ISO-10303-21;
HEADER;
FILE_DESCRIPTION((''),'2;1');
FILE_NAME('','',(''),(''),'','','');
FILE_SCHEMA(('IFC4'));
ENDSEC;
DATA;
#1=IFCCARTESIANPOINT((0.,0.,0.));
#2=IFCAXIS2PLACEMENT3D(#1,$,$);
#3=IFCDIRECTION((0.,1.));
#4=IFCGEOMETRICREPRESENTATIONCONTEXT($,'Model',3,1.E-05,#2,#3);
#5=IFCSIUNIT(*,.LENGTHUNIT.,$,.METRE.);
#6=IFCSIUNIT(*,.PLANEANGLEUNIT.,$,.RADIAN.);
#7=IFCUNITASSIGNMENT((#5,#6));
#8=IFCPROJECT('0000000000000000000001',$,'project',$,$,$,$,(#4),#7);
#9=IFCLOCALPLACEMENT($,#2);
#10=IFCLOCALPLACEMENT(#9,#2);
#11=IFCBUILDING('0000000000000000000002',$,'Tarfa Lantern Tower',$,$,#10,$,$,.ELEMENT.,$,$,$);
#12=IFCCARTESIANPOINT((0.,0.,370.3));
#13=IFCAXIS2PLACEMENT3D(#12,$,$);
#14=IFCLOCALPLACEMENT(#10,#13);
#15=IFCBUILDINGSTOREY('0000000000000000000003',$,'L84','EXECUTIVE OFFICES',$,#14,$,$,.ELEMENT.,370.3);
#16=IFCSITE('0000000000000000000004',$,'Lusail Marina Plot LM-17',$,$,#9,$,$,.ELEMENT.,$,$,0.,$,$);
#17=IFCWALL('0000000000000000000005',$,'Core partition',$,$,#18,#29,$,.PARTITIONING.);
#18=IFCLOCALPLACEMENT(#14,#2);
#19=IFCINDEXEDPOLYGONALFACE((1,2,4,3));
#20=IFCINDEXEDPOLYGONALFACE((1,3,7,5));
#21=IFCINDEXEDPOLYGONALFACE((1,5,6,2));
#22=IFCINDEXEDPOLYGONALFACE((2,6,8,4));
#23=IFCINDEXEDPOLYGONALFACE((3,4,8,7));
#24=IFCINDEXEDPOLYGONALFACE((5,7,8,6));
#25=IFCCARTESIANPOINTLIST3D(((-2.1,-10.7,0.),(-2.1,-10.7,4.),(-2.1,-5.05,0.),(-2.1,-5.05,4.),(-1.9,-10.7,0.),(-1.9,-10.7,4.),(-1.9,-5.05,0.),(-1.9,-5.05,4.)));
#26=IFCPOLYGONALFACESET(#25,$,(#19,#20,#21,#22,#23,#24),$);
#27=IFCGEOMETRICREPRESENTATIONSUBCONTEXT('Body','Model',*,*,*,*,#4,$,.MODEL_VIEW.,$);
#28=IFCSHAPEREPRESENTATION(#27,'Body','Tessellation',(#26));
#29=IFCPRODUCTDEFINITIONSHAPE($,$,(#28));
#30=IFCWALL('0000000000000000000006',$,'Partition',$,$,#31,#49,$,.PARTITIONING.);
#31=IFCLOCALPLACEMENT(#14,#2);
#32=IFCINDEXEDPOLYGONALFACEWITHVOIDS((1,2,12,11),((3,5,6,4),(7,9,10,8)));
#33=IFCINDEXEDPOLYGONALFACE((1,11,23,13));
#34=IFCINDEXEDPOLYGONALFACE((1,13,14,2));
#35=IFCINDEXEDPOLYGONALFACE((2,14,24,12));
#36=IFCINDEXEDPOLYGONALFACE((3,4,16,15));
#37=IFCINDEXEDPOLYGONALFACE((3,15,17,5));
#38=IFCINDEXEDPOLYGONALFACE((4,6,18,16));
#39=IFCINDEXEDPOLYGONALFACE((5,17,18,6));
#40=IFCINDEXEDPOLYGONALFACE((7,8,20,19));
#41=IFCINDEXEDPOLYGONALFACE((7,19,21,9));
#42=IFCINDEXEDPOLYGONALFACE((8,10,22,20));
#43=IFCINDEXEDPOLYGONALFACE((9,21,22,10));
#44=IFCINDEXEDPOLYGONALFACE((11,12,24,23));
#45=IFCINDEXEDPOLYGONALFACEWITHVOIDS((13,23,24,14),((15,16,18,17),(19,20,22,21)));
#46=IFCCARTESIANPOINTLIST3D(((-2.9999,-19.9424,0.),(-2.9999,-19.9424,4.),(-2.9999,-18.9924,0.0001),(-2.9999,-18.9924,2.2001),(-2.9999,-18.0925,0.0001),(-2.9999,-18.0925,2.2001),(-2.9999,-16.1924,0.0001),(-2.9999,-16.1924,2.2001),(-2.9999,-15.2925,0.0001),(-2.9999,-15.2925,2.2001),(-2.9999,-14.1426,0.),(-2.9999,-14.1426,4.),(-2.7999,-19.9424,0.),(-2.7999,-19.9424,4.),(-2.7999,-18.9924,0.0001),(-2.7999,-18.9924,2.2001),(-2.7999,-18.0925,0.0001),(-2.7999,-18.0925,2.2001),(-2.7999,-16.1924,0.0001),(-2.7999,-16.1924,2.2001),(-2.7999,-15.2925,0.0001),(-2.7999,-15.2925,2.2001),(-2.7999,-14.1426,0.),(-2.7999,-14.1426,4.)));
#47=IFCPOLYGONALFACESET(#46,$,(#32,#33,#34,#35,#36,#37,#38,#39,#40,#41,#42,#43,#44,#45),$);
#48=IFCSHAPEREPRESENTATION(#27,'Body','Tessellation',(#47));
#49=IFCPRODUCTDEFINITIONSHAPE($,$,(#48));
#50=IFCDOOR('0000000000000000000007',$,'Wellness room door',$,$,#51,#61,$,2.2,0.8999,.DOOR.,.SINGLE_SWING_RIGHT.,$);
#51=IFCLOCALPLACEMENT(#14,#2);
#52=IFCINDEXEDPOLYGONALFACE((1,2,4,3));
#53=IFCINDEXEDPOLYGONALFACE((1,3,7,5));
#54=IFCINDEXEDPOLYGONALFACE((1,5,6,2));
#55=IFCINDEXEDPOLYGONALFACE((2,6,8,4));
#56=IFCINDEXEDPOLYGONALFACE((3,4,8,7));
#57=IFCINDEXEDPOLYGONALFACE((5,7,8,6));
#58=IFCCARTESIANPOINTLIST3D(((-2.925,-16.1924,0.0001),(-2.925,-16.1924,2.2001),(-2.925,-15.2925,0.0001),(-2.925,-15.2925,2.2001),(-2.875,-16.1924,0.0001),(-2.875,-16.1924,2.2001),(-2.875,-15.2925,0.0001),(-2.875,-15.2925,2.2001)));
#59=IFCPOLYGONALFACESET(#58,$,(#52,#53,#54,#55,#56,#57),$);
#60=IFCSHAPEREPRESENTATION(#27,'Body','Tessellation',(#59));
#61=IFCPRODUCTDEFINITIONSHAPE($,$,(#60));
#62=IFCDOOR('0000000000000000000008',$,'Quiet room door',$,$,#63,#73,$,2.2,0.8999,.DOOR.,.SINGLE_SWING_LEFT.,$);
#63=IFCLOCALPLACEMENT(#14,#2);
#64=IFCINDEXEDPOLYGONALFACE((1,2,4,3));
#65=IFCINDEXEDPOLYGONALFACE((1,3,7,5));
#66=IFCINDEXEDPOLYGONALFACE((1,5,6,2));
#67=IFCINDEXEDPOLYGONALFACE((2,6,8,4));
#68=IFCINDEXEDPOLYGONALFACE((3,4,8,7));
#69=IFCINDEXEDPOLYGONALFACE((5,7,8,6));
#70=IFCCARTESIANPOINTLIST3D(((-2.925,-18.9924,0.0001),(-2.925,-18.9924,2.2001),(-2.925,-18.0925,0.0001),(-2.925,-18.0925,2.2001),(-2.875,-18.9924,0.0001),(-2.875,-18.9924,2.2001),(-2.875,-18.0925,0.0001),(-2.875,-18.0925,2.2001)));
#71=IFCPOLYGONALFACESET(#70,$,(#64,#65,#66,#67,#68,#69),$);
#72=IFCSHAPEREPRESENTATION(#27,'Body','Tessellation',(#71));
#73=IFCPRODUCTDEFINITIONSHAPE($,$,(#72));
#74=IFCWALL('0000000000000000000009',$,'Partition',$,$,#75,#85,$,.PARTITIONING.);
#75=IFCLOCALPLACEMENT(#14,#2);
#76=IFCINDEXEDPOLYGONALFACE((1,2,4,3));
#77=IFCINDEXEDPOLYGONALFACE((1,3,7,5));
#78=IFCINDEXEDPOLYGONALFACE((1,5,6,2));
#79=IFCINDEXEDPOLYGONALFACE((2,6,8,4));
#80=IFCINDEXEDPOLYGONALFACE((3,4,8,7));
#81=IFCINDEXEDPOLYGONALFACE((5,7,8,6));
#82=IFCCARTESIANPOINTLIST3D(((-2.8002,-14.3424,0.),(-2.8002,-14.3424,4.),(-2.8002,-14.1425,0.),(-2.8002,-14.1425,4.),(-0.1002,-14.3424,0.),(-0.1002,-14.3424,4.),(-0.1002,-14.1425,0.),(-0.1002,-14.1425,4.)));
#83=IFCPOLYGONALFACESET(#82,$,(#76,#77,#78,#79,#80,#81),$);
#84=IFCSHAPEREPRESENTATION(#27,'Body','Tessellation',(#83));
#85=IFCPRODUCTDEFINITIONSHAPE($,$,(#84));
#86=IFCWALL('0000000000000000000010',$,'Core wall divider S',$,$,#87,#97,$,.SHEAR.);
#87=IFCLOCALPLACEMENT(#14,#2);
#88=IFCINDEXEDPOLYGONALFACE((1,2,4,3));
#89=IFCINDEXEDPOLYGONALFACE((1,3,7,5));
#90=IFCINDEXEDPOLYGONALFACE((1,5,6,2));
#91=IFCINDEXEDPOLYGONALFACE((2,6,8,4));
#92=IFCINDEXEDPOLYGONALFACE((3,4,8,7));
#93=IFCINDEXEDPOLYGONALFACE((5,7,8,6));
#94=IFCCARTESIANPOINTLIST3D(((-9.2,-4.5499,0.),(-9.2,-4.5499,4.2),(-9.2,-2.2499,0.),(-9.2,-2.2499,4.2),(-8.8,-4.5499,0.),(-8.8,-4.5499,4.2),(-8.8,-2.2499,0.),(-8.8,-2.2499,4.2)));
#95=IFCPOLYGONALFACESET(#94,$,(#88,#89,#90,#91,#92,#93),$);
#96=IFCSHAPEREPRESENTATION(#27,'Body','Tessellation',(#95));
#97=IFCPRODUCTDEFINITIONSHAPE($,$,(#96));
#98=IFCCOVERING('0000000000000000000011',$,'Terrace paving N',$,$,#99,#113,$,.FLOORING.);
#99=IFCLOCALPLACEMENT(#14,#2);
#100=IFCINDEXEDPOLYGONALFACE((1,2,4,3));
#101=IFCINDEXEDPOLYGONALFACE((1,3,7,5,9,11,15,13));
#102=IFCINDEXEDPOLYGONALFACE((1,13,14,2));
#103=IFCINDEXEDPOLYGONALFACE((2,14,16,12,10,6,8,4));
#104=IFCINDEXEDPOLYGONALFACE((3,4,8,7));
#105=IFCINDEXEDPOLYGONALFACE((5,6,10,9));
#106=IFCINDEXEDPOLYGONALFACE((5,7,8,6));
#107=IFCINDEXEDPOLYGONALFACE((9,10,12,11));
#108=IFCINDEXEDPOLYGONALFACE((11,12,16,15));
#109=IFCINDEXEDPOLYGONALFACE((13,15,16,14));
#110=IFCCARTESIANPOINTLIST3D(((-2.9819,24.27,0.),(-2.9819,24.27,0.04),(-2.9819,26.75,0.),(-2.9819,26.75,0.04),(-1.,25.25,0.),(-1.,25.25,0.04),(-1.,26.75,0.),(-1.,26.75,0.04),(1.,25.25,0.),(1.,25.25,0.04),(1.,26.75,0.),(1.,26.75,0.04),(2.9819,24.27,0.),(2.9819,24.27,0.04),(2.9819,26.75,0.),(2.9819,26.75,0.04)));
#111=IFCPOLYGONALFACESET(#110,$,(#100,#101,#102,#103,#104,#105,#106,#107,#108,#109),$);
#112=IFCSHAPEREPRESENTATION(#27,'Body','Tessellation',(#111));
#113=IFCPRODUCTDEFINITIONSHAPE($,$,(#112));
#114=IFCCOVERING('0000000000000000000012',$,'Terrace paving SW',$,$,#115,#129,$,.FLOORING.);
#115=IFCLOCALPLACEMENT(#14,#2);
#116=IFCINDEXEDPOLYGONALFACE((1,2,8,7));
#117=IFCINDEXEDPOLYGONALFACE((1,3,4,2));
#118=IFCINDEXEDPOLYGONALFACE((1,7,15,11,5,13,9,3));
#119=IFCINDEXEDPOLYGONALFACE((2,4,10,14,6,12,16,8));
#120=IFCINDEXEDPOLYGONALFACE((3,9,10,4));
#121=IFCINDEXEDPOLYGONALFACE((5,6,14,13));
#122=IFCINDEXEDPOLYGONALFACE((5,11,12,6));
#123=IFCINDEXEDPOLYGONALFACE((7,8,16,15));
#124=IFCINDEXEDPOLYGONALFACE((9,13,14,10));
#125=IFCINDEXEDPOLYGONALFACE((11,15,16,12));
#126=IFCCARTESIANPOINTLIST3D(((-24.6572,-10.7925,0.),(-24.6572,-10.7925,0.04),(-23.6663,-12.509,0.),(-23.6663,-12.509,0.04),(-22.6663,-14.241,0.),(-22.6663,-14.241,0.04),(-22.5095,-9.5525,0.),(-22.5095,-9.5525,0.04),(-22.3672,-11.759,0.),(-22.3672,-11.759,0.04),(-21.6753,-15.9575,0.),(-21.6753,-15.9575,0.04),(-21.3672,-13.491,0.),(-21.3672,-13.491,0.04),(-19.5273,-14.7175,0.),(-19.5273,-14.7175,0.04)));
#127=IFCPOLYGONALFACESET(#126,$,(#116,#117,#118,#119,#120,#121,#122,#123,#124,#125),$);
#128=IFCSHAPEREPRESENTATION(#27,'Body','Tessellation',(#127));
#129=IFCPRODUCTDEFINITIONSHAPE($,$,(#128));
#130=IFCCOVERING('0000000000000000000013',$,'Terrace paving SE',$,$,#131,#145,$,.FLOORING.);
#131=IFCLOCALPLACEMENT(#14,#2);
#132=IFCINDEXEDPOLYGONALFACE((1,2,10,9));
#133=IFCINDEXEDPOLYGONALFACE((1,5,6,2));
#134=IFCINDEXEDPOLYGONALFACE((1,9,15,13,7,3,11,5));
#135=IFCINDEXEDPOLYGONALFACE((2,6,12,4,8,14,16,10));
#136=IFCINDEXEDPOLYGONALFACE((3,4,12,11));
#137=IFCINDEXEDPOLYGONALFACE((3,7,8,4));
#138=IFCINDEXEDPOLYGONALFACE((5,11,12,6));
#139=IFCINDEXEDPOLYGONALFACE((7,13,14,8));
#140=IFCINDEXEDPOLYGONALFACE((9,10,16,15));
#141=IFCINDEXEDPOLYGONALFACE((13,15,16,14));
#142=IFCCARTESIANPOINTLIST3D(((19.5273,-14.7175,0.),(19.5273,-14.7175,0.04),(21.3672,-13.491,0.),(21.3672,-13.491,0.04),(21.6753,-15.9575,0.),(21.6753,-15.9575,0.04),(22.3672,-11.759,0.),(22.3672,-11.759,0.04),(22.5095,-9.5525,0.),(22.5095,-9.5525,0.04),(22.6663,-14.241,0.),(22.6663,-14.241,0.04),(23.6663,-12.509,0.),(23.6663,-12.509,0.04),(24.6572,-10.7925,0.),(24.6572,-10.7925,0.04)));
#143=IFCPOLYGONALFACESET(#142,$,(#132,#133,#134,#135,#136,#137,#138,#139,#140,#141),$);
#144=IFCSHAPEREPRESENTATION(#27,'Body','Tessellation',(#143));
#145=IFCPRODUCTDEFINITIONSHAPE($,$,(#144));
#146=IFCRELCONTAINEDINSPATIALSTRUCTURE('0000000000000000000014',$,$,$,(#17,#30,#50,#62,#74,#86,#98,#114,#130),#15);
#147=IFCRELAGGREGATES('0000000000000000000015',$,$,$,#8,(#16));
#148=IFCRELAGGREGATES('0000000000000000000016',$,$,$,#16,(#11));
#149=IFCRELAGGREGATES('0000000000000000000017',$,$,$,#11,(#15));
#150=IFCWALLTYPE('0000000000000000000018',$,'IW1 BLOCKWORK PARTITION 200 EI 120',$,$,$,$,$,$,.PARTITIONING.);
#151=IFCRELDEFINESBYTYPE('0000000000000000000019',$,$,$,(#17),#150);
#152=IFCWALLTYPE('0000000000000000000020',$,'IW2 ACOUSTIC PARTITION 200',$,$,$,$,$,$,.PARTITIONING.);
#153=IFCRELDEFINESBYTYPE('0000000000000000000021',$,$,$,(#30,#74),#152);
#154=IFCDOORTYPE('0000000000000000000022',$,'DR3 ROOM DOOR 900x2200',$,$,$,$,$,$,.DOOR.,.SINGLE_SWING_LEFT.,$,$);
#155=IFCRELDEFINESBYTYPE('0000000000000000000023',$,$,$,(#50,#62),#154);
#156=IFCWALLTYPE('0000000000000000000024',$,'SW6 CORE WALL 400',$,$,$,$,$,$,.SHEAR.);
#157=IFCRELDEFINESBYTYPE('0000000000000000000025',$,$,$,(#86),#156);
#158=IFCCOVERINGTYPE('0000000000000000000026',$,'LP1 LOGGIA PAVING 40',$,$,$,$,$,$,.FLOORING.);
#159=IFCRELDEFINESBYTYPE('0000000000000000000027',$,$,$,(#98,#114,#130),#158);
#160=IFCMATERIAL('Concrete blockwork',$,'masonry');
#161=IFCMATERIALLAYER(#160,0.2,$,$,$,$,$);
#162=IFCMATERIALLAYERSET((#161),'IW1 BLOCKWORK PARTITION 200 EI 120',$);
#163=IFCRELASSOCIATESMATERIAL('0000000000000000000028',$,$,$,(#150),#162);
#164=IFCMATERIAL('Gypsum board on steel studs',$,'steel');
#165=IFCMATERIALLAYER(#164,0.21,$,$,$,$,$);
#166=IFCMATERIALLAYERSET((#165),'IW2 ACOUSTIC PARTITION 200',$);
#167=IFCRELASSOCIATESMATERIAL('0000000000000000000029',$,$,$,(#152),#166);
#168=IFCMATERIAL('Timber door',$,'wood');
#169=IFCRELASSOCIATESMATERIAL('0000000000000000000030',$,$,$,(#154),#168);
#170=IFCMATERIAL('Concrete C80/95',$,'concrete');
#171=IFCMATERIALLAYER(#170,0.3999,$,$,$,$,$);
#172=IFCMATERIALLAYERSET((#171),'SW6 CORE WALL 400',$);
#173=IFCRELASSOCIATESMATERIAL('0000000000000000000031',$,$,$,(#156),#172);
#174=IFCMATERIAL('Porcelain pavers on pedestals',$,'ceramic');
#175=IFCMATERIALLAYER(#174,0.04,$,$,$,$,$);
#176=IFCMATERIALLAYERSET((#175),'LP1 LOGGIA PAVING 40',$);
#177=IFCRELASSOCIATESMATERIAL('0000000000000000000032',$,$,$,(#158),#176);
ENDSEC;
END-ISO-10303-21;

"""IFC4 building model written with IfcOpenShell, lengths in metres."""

from ifc_helpers import new_model, si_unit, direction, frame, frame_2d, origin, place, context, subcontext, project, spatial, polyline, rectangle, outline, extrude, material, layer, layer_set, type_object, element, fill, save


model = new_model("IFC4")

# Units and contexts
model_context = context("Model", 3, precision=1e-05, world=origin(), true_north=direction((0.0, 1.0)))
body_context = subcontext(model_context, "Body", "Model", "MODEL_VIEW")
ifc_project = project(units=[si_unit("LENGTHUNIT", "METRE"), si_unit("PLANEANGLEUNIT", "RADIAN")], contexts=[model_context])

# Site, building, storey
site_placement = place(None, origin())
site = spatial("IfcSite", under=ifc_project, at=site_placement, Name="Lusail Marina Plot LM-17", CompositionType="ELEMENT", RefElevation=0.0)
building_placement = place(site_placement, origin())
building = spatial("IfcBuilding", under=site, at=building_placement, Name="Tarfa Lantern Tower", CompositionType="ELEMENT")
storey_placement = place(building_placement, frame((0.0, 0.0, 370.3)))
storey = spatial("IfcBuildingStorey", under=building, at=storey_placement, Name="L84", Description="EXECUTIVE OFFICES", CompositionType="ELEMENT", Elevation=370.3)

# Wall
ifc_material_1 = material(Name="Concrete blockwork", Category="masonry")
ifc_layer_1 = layer(ifc_material_1, 0.2)
ifc_layer_set_1 = layer_set([ifc_layer_1], Name="IW1 BLOCKWORK PARTITION 200 EI 120")
wall_type_1 = type_object("IfcWallType", Name="IW1 BLOCKWORK PARTITION 200 EI 120", PredefinedType="PARTITIONING", material=ifc_layer_set_1)
for number, where, z_axis, x_axis, name in (
    (1, (-2.0, -5.05, 0.0), (0.0, 0.0, 1.0), (0.0, -1.0, 0.0), "Core partition"),
):
    element("IfcWall", number, at=place(storey_placement, frame(where, z_axis=z_axis, x_axis=x_axis)), inside=storey, type_object=wall_type_1, Name=name, PredefinedType="PARTITIONING", context=body_context, shape_type="SweptSolid", body=[
        extrude(rectangle(XDim=5.6499, YDim=0.2, at=frame_2d((2.825, 0.0))), origin(), (0.0, 0.0, 1.0), 4.0),
    ])

# Wall, openings, doors
ifc_material_2 = material(Name="Gypsum board on steel studs", Category="steel")
ifc_layer_2 = layer(ifc_material_2, 0.21)
ifc_layer_set_2 = layer_set([ifc_layer_2], Name="IW2 ACOUSTIC PARTITION 200")
wall_type_2 = type_object("IfcWallType", Name="IW2 ACOUSTIC PARTITION 200", PredefinedType="PARTITIONING", material=ifc_layer_set_2)
wall_1_placement = place(storey_placement, frame((-2.8999, -14.1426, 0.0), z_axis=(0.0, 0.0, 1.0), x_axis=(0.0, -1.0, 0.0)))
wall_1 = element("IfcWall", 2, at=wall_1_placement, inside=storey, type_object=wall_type_2, Name="Partition", PredefinedType="PARTITIONING", context=body_context, shape_type="SweptSolid", body=[
    extrude(rectangle(XDim=5.7998, YDim=0.2, at=frame_2d((2.8999, 0.0))), origin(), (0.0, 0.0, 1.0), 4.0),
])
opening_1_placement = place(wall_1_placement, frame((1.1499, 0.0, 0.0)))
opening_1 = element("IfcOpeningElement", 3, at=opening_1_placement, cuts=wall_1, PredefinedType="OPENING", context=body_context, shape_type="SweptSolid", body=[
    extrude(rectangle(XDim=0.8999, YDim=2.2, at=frame_2d((0.45, 1.1001))), frame((0.0, 0.1099, 0.0), z_axis=(0.0, -1.0, 0.0), x_axis=(1.0, 0.0, 0.0)), (0.0, 0.0, 1.0), 0.22),
])
opening_2_placement = place(wall_1_placement, frame((3.95, 0.0, 0.0)))
opening_2 = element("IfcOpeningElement", 4, at=opening_2_placement, cuts=wall_1, PredefinedType="OPENING", context=body_context, shape_type="SweptSolid", body=[
    extrude(rectangle(XDim=0.8999, YDim=2.2, at=frame_2d((0.45, 1.1001))), frame((0.0, 0.1099, 0.0), z_axis=(0.0, -1.0, 0.0), x_axis=(1.0, 0.0, 0.0)), (0.0, 0.0, 1.0), 0.22),
])
ifc_material_3 = material(Name="Timber door", Category="wood")
door_type = type_object("IfcDoorType", Name="DR3 ROOM DOOR 900x2200", OperationType="SINGLE_SWING_LEFT", PredefinedType="DOOR", material=ifc_material_3)
door_1_placement = place(opening_1_placement, origin())
door_1 = element("IfcDoor", 5, at=door_1_placement, inside=storey, type_object=door_type, Name="Wellness room door", OperationType="SINGLE_SWING_RIGHT", OverallHeight=2.2, OverallWidth=0.8999, PredefinedType="DOOR", context=body_context, shape_type="SweptSolid", body=[
    extrude(rectangle(XDim=0.8999, YDim=2.2, at=frame_2d((0.45, 1.1001))), frame((0.0, 0.0249, 0.0), z_axis=(0.0, -1.0, 0.0), x_axis=(1.0, 0.0, 0.0)), (0.0, 0.0, 1.0), 0.05),
])
fill(opening_1, door_1)
door_2_placement = place(opening_2_placement, origin())
door_2 = element("IfcDoor", 6, at=door_2_placement, inside=storey, type_object=door_type, Name="Quiet room door", OperationType="SINGLE_SWING_LEFT", OverallHeight=2.2, OverallWidth=0.8999, PredefinedType="DOOR", context=body_context, shape_type="SweptSolid", body=[
    extrude(rectangle(XDim=0.8999, YDim=2.2, at=frame_2d((0.45, 1.1001))), frame((0.0, 0.0249, 0.0), z_axis=(0.0, -1.0, 0.0), x_axis=(1.0, 0.0, 0.0)), (0.0, 0.0, 1.0), 0.05),
])
fill(opening_2, door_2)

# Walls
wall_2_placement = place(storey_placement, frame((-0.1001, -14.2424, 0.0), z_axis=(0.0, 0.0, 1.0), x_axis=(-1.0, 0.0, 0.0)))
element("IfcWall", 7, at=wall_2_placement, inside=storey, type_object=wall_type_2, Name="Partition", PredefinedType="PARTITIONING", context=body_context, shape_type="SweptSolid", body=[
    extrude(rectangle(XDim=2.7, YDim=0.2, at=frame_2d((1.3501, 0.0))), origin(), (0.0, 0.0, 1.0), 4.0),
])
ifc_material_4 = material(Name="Concrete C80/95", Category="concrete")
ifc_layer_3 = layer(ifc_material_4, 0.3999)
ifc_layer_set_3 = layer_set([ifc_layer_3], Name="SW6 CORE WALL 400")
wall_type_3 = type_object("IfcWallType", Name="SW6 CORE WALL 400", PredefinedType="SHEAR", material=ifc_layer_set_3)
wall_3_placement = place(storey_placement, frame((-9.0, -2.25, 0.0), z_axis=(0.0, 0.0, 1.0), x_axis=(0.0, -1.0, 0.0)))
element("IfcWall", 8, at=wall_3_placement, inside=storey, type_object=wall_type_3, Name="Core wall divider S", PredefinedType="SHEAR", context=body_context, shape_type="SweptSolid", body=[
    extrude(rectangle(XDim=2.3, YDim=0.3999, at=frame_2d((1.1499, 0.0))), origin(), (0.0, 0.0, 1.0), 4.2),
])

# Coverings
ifc_material_5 = material(Name="Porcelain pavers on pedestals", Category="ceramic")
ifc_layer_4 = layer(ifc_material_5, 0.04)
ifc_layer_set_4 = layer_set([ifc_layer_4], Name="LP1 LOGGIA PAVING 40")
covering_type = type_object("IfcCoveringType", Name="LP1 LOGGIA PAVING 40", PredefinedType="FLOORING", material=ifc_layer_set_4)
covering_1_placement = place(storey_placement, origin())
element("IfcCovering", 9, at=covering_1_placement, inside=storey, type_object=covering_type, Name="Terrace paving N", PredefinedType="FLOORING", context=body_context, shape_type="SweptSolid", body=[
    extrude(outline(polyline([(2.9819, 26.75), (2.9819, 24.27), (-2.9819, 24.27), (-2.9819, 26.75), (-1.0, 26.75), (-1.0, 25.25), (1.0, 25.25), (1.0, 26.75), (2.9819, 26.75)])), origin(), (0.0, 0.0, 1.0), 0.04),
])
covering_2_placement = place(storey_placement, origin())
element("IfcCovering", 10, at=covering_2_placement, inside=storey, type_object=covering_type, Name="Terrace paving SW", PredefinedType="FLOORING", context=body_context, shape_type="SweptSolid", body=[
    extrude(outline(polyline([(-24.6572, -10.7925), (-22.5095, -9.5525), (-19.5273, -14.7175), (-21.6753, -15.9575), (-22.6663, -14.241), (-21.3672, -13.491), (-22.3672, -11.759), (-23.6663, -12.509), (-24.6572, -10.7925)])), origin(), (0.0, 0.0, 1.0), 0.04),
])
covering_3_placement = place(storey_placement, origin())
element("IfcCovering", 11, at=covering_3_placement, inside=storey, type_object=covering_type, Name="Terrace paving SE", PredefinedType="FLOORING", context=body_context, shape_type="SweptSolid", body=[
    extrude(outline(polyline([(21.6753, -15.9575), (19.5273, -14.7175), (22.5095, -9.5525), (24.6572, -10.7925), (23.6663, -12.509), (22.3672, -11.759), (21.3672, -13.491), (22.6663, -14.241), (21.6753, -15.9575)])), origin(), (0.0, 0.0, 1.0), 0.04),
])

save(model, "model.ifc")
